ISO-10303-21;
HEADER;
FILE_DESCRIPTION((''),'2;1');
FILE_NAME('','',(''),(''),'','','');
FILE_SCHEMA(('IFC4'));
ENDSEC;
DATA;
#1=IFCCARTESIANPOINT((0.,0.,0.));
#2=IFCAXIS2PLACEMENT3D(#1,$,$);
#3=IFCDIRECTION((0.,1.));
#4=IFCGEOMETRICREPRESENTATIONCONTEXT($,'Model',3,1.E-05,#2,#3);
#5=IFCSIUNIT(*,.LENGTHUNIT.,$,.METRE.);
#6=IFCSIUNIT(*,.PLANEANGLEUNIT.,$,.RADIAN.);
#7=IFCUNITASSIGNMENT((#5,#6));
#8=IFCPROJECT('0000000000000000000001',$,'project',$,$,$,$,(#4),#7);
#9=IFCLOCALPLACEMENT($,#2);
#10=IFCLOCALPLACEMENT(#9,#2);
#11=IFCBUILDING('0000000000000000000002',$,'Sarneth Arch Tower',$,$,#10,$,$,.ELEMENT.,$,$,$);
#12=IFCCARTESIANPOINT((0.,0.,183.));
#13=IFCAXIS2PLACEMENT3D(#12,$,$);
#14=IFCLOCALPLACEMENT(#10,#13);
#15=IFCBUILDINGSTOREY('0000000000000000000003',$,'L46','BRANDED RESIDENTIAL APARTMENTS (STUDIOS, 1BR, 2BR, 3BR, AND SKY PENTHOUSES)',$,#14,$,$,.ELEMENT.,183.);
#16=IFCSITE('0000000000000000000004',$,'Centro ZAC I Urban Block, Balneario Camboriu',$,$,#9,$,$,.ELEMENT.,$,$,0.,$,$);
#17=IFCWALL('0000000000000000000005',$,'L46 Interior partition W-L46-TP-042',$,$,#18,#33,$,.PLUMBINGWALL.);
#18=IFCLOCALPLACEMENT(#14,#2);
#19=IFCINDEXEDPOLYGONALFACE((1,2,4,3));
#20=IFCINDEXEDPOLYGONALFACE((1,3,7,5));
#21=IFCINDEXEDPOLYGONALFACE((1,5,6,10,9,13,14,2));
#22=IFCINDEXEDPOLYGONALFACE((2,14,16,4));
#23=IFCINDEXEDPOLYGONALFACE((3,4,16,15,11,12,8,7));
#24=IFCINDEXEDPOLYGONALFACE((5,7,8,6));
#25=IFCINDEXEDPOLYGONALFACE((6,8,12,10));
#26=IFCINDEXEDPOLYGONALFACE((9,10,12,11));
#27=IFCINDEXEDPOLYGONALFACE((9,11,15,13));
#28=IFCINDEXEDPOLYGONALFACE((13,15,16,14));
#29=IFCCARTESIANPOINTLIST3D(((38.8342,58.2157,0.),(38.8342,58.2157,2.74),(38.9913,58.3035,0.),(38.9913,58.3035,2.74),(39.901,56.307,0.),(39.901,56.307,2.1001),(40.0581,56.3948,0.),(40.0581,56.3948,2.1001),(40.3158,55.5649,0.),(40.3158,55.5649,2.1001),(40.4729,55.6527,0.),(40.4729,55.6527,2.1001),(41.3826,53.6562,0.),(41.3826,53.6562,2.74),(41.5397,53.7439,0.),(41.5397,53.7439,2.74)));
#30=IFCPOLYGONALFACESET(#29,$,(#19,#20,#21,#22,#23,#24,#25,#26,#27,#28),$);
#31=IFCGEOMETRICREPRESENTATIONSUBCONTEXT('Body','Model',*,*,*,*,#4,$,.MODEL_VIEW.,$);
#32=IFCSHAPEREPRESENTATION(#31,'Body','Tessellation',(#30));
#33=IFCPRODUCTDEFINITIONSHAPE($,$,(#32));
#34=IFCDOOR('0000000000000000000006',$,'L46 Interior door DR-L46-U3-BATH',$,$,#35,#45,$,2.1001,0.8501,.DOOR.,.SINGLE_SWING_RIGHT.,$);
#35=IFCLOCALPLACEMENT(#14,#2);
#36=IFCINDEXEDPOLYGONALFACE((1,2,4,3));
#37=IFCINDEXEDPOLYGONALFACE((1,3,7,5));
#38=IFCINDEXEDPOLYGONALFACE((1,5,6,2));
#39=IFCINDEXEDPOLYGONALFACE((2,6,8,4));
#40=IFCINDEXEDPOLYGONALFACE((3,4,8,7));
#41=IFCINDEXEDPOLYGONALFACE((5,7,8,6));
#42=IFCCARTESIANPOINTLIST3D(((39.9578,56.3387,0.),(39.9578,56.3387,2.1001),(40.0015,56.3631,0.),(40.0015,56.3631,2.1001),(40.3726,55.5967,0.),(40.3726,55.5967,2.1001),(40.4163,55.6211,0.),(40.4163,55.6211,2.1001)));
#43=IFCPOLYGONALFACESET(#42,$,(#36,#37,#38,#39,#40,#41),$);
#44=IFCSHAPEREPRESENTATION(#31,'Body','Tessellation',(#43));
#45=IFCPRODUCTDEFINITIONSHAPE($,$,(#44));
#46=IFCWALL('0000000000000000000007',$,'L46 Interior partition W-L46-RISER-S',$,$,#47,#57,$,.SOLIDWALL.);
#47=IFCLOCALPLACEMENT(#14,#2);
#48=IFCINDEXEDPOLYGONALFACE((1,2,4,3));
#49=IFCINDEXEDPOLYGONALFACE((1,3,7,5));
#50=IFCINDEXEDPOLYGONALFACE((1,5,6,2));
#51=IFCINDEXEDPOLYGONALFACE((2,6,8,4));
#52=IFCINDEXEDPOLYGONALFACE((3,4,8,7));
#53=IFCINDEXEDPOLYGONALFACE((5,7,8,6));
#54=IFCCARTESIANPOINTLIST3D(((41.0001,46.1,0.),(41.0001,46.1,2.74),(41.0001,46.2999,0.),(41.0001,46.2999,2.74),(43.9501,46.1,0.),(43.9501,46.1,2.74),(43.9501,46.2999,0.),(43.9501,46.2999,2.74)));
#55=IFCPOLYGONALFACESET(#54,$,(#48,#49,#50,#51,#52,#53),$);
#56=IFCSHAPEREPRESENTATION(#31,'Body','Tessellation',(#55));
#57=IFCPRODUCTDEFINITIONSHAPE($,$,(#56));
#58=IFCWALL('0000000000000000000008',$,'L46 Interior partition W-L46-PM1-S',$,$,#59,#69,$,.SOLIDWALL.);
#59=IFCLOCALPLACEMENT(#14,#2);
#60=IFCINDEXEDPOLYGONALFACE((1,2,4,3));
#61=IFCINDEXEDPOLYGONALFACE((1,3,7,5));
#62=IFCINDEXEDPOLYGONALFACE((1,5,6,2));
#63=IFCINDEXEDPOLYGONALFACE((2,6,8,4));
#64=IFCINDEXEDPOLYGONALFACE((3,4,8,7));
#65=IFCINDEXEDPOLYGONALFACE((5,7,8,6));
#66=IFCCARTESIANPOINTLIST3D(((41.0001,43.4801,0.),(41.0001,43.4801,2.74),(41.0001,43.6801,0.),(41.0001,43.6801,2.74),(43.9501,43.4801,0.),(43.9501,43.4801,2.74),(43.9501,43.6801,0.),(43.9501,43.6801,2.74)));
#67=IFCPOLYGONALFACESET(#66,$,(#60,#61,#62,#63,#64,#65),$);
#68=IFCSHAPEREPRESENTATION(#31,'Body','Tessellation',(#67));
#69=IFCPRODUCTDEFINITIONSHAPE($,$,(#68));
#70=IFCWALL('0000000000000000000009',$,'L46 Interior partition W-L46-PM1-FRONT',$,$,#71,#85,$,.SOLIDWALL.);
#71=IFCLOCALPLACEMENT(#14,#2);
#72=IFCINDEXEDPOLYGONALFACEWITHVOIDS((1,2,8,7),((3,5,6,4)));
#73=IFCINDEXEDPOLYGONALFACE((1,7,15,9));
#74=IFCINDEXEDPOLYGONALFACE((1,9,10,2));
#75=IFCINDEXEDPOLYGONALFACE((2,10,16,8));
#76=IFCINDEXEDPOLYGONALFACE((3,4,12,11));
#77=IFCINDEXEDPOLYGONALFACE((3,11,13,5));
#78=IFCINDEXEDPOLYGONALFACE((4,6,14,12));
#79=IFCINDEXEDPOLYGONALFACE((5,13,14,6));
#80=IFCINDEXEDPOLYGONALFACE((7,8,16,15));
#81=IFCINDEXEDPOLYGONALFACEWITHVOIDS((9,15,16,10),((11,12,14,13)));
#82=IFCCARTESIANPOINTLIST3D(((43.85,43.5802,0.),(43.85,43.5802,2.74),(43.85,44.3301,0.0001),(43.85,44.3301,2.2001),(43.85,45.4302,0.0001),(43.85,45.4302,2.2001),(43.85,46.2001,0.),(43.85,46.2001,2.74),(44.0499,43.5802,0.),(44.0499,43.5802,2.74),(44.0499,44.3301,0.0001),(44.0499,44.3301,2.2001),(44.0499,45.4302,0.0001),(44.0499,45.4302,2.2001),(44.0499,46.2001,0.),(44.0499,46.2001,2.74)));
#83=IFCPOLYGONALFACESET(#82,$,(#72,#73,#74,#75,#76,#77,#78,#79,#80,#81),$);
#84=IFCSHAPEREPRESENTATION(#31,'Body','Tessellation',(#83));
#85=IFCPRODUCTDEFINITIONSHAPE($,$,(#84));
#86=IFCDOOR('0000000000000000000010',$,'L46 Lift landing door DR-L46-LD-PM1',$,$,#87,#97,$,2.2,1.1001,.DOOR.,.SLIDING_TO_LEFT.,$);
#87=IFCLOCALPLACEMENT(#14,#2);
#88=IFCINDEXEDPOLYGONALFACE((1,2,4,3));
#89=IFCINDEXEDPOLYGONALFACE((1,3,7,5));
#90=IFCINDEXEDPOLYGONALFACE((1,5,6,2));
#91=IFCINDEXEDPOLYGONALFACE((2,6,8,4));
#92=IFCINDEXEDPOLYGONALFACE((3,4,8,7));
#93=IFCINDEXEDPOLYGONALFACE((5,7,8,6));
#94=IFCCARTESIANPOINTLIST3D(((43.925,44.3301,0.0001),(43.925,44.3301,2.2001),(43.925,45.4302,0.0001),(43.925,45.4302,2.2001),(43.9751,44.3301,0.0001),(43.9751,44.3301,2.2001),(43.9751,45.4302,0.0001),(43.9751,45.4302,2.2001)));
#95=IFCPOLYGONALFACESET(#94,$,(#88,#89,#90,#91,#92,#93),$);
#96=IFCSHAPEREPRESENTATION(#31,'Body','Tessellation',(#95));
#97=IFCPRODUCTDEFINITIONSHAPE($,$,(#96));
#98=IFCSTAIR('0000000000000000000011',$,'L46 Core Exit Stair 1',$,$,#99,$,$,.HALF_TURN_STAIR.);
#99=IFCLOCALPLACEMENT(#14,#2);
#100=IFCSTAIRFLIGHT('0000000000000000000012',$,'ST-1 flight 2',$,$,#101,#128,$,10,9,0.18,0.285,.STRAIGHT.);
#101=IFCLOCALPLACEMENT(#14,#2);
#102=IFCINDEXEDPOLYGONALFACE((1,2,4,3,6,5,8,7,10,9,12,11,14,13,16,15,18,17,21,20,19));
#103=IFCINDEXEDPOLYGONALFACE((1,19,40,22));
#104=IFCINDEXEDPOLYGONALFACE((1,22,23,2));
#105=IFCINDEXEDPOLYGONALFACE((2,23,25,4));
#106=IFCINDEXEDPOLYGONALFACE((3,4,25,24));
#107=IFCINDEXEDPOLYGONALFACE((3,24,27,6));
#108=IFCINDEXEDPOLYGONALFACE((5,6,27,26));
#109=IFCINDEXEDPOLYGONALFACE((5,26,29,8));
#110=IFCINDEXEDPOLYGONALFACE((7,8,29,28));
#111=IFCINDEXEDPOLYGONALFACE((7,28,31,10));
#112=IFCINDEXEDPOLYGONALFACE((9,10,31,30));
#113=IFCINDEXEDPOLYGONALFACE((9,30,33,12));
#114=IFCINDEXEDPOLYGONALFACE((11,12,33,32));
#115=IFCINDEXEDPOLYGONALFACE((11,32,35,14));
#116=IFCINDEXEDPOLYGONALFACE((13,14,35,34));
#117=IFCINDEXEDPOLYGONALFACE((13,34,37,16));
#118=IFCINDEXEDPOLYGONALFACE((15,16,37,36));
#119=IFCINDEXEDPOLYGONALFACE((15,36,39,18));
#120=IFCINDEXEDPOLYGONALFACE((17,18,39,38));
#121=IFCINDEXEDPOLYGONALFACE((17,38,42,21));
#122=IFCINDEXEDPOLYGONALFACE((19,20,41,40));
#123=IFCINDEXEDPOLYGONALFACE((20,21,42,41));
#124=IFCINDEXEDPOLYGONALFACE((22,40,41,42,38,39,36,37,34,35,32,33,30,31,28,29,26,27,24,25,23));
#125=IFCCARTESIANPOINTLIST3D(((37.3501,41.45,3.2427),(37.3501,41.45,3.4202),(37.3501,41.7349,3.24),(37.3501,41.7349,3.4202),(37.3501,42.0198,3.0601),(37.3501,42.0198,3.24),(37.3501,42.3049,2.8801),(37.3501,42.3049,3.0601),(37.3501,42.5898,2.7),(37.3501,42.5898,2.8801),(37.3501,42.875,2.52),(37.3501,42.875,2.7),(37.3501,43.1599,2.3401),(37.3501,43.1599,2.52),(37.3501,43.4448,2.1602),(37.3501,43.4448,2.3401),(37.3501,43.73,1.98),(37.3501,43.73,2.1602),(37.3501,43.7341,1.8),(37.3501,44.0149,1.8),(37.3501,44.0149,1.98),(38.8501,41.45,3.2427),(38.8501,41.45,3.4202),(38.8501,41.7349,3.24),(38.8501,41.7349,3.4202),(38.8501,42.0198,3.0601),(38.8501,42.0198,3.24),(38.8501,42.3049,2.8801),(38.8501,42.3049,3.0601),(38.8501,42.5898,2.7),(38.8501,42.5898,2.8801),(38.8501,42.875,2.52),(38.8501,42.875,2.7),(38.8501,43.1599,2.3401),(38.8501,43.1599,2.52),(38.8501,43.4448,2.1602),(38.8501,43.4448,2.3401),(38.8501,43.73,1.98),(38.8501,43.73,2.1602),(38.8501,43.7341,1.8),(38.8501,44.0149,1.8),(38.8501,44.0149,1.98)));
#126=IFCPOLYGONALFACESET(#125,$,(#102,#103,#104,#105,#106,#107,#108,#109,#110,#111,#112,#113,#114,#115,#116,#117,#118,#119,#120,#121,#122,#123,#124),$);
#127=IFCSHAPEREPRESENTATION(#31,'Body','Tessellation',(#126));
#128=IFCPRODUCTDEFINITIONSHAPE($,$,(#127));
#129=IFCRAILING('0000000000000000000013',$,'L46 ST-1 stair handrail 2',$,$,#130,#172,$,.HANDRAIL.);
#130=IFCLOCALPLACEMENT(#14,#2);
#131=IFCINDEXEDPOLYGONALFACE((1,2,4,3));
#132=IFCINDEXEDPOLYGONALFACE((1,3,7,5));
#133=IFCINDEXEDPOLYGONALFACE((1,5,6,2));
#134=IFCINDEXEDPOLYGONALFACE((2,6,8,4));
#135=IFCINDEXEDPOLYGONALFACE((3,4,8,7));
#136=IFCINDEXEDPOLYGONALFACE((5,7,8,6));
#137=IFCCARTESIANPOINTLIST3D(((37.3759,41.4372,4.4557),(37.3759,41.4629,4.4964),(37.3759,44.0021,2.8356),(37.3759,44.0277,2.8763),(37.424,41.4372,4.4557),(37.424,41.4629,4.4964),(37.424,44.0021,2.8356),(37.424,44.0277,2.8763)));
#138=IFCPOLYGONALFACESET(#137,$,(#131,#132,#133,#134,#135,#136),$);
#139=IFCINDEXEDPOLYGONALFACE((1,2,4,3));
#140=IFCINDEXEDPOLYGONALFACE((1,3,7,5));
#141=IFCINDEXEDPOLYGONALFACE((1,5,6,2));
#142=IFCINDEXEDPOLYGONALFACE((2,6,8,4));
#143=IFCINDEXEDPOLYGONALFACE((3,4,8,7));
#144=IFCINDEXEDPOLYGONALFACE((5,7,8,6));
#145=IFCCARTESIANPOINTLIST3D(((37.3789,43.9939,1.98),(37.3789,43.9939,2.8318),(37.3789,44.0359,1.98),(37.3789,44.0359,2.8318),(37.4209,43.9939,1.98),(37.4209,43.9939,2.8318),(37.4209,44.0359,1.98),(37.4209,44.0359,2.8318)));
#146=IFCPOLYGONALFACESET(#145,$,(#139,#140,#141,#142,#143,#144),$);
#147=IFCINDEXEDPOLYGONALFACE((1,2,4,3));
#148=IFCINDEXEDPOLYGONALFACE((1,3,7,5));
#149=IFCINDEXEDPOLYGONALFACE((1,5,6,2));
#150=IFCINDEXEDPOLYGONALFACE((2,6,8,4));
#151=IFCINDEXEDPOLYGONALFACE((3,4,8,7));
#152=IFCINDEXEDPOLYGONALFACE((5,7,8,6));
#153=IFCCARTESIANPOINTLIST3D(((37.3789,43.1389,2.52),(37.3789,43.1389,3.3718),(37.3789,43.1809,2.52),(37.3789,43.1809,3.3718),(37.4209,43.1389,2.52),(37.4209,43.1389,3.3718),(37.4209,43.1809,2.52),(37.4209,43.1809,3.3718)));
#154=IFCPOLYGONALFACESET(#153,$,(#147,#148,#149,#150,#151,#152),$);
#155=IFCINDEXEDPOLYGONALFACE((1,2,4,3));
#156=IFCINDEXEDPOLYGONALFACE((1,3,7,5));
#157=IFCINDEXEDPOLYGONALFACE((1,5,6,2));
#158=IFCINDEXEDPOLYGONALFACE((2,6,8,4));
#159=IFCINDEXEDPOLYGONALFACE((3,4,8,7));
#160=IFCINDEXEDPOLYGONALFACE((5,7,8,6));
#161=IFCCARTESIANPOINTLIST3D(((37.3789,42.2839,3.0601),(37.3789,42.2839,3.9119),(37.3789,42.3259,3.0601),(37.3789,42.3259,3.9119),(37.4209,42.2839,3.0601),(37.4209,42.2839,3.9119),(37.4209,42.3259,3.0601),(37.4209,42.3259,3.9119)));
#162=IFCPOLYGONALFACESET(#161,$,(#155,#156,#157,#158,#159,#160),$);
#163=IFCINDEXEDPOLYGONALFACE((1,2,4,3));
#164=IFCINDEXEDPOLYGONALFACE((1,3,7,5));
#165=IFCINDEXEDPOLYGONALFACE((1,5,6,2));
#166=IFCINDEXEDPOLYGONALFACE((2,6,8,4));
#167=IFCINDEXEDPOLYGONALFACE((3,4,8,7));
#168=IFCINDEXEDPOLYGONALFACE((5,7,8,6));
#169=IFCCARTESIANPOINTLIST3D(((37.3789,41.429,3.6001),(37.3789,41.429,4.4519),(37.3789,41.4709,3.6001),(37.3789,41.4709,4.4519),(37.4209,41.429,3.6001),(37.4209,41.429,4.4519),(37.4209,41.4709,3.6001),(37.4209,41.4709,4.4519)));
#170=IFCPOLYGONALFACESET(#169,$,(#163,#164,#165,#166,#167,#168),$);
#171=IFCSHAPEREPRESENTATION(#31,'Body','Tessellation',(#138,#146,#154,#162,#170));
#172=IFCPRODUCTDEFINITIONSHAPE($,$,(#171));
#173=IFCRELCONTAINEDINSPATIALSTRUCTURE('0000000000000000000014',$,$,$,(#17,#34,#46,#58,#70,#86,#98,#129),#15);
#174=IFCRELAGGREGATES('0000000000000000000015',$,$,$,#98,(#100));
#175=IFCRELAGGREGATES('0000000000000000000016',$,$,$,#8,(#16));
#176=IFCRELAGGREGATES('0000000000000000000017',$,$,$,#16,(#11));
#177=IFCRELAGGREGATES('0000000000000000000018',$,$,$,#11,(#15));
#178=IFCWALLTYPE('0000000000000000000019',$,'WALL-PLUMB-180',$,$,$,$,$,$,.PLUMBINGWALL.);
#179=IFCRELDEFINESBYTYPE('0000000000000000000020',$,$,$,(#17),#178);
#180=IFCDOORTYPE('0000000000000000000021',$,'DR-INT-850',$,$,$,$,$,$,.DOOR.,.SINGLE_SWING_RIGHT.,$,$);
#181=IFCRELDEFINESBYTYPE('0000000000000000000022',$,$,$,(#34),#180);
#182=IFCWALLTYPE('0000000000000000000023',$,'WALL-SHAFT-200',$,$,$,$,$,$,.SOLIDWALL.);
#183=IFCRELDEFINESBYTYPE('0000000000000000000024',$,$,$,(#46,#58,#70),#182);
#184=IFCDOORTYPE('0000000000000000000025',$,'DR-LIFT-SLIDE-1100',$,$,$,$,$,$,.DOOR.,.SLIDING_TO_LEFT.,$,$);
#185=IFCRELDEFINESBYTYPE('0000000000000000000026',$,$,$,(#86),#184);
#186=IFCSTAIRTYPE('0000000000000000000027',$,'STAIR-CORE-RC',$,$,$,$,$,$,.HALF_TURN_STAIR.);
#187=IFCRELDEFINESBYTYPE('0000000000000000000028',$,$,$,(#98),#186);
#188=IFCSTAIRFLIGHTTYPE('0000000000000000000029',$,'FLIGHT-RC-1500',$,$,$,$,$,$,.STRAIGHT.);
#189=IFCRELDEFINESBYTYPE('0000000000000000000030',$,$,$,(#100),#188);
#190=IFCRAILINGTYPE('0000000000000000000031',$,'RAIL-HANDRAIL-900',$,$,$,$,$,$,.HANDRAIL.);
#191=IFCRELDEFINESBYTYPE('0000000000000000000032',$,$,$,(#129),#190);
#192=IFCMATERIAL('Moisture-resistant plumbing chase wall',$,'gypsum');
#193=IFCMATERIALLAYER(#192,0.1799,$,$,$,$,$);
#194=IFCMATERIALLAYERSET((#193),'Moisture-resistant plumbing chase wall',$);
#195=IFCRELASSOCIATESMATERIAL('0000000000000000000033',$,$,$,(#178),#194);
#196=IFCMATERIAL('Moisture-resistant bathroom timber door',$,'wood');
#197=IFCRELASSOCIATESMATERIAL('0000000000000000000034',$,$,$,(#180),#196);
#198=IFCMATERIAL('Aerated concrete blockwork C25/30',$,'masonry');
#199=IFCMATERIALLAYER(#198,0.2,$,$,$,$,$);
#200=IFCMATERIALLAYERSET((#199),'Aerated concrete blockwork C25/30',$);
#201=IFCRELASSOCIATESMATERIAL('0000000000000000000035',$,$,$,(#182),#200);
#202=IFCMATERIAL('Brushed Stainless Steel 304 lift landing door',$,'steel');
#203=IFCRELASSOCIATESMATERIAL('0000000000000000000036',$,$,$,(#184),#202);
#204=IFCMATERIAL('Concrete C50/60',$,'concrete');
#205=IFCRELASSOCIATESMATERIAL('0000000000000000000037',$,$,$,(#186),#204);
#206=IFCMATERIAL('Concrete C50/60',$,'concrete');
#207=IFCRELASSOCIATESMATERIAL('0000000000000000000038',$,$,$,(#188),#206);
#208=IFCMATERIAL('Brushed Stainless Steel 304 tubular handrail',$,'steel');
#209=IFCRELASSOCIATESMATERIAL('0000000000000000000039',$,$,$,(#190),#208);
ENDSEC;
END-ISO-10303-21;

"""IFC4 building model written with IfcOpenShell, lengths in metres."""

from ifc_helpers import new_model, si_unit, direction, frame, frame_2d, origin, origin_2d, place, context, subcontext, project, spatial, polyline, rectangle, outline, extrude, material, layer, layer_set, type_object, element, fill, aggregate, save


model = new_model("IFC4")

# Units and contexts
model_context = context("Model", 3, precision=1e-05, world=origin(), true_north=direction((0.0, 1.0)))
body_context = subcontext(model_context, "Body", "Model", "MODEL_VIEW")
ifc_project = project(units=[si_unit("LENGTHUNIT", "METRE"), si_unit("PLANEANGLEUNIT", "RADIAN")], contexts=[model_context])

# Site, building, storey
site_placement = place(None, origin())
site = spatial("IfcSite", under=ifc_project, at=site_placement, Name="Centro ZAC I Urban Block, Balneario Camboriu", CompositionType="ELEMENT", RefElevation=0.0)
building_placement = place(site_placement, origin())
building = spatial("IfcBuilding", under=site, at=building_placement, Name="Sarneth Arch Tower", CompositionType="ELEMENT")
storey_placement = place(building_placement, frame((0.0, 0.0, 183.0)))
storey = spatial("IfcBuildingStorey", under=building, at=storey_placement, Name="L46", Description="BRANDED RESIDENTIAL APARTMENTS (STUDIOS, 1BR, 2BR, 3BR, AND SKY PENTHOUSES)", CompositionType="ELEMENT", Elevation=183.0)

# Wall, opening, door
ifc_material_1 = material(Name="Moisture-resistant plumbing chase wall", Category="gypsum")
ifc_layer_1 = layer(ifc_material_1, 0.1799)
ifc_layer_set_1 = layer_set([ifc_layer_1], Name="Moisture-resistant plumbing chase wall")
wall_type_1 = type_object("IfcWallType", Name="WALL-PLUMB-180", PredefinedType="PLUMBINGWALL", material=ifc_layer_set_1)
wall_1_placement = place(storey_placement, frame((41.4612, 53.7, 0.0), z_axis=(0.0, 0.0, 1.0), x_axis=(-0.487872, 0.872915, 0.0)))
wall_1 = element("IfcWall", 1, at=wall_1_placement, inside=storey, type_object=wall_type_1, Name="L46 Interior partition W-L46-TP-042", PredefinedType="PLUMBINGWALL", context=body_context, shape_type="SweptSolid", body=[
    extrude(rectangle(XDim=5.2234, YDim=0.1799, at=frame_2d((2.6118, 0.0))), origin(), (0.0, 0.0, 1.0), 2.74),
])
opening_1_placement = place(wall_1_placement, frame((2.1868, 0.0, 0.0)))
opening_1 = element("IfcOpeningElement", 2, at=opening_1_placement, cuts=wall_1, PredefinedType="OPENING", context=body_context, shape_type="SweptSolid", body=[
    extrude(rectangle(XDim=0.8501, YDim=2.1001, at=frame_2d((0.425, 1.05))), frame((0.0, 0.0999, 0.0), z_axis=(0.0, -1.0, 0.0), x_axis=(1.0, 0.0, 0.0)), (0.0, 0.0, 1.0), 0.2),
])
ifc_material_2 = material(Name="Moisture-resistant bathroom timber door", Category="wood")
door_type_1 = type_object("IfcDoorType", Name="DR-INT-850", OperationType="SINGLE_SWING_RIGHT", PredefinedType="DOOR", material=ifc_material_2)
door_1_placement = place(opening_1_placement, origin())
door_1 = element("IfcDoor", 3, at=door_1_placement, inside=storey, type_object=door_type_1, Name="L46 Interior door DR-L46-U3-BATH", OperationType="SINGLE_SWING_RIGHT", OverallHeight=2.1001, OverallWidth=0.8501, PredefinedType="DOOR", context=body_context, shape_type="SweptSolid", body=[
    extrude(rectangle(XDim=0.8501, YDim=2.1001, at=frame_2d((0.425, 1.05))), frame((0.0, 0.0249, 0.0), z_axis=(0.0, -1.0, 0.0), x_axis=(1.0, 0.0, 0.0)), (0.0, 0.0, 1.0), 0.05),
])
fill(opening_1, door_1)

# Wall
ifc_material_3 = material(Name="Aerated concrete blockwork C25/30", Category="masonry")
ifc_layer_2 = layer(ifc_material_3, 0.2)
ifc_layer_set_2 = layer_set([ifc_layer_2], Name="Aerated concrete blockwork C25/30")
wall_type_2 = type_object("IfcWallType", Name="WALL-SHAFT-200", PredefinedType="SOLIDWALL", material=ifc_layer_set_2)
wall_2_placement = place(storey_placement, frame((41.0, 46.2, 0.0), z_axis=(0.0, 0.0, 1.0), x_axis=(1.0, 0.0, 0.0)))
element("IfcWall", 4, at=wall_2_placement, inside=storey, type_object=wall_type_2, Name="L46 Interior partition W-L46-RISER-S", PredefinedType="SOLIDWALL", context=body_context, shape_type="SweptSolid", body=[
    extrude(rectangle(XDim=2.95, YDim=0.2, at=frame_2d((1.4751, 0.0))), origin(), (0.0, 0.0, 1.0), 2.74),
])

# Wall
wall_3_placement = place(storey_placement, frame((41.0, 43.5801, 0.0), z_axis=(0.0, 0.0, 1.0), x_axis=(1.0, 0.0, 0.0)))
element("IfcWall", 5, at=wall_3_placement, inside=storey, type_object=wall_type_2, Name="L46 Interior partition W-L46-PM1-S", PredefinedType="SOLIDWALL", context=body_context, shape_type="SweptSolid", body=[
    extrude(rectangle(XDim=2.95, YDim=0.2, at=frame_2d((1.4751, 0.0))), origin(), (0.0, 0.0, 1.0), 2.74),
])

# Wall, opening, door
wall_4_placement = place(storey_placement, frame((43.95, 43.5801, 0.0), z_axis=(0.0, 0.0, 1.0), x_axis=(0.0, 1.0, 0.0)))
wall_4 = element("IfcWall", 6, at=wall_4_placement, inside=storey, type_object=wall_type_2, Name="L46 Interior partition W-L46-PM1-FRONT", PredefinedType="SOLIDWALL", context=body_context, shape_type="SweptSolid", body=[
    extrude(rectangle(XDim=2.6199, YDim=0.2, at=frame_2d((1.3101, 0.0))), origin(), (0.0, 0.0, 1.0), 2.74),
])
opening_2_placement = place(wall_4_placement, frame((0.75, 0.0, 0.0)))
opening_2 = element("IfcOpeningElement", 7, at=opening_2_placement, cuts=wall_4, PredefinedType="OPENING", context=body_context, shape_type="SweptSolid", body=[
    extrude(rectangle(XDim=1.1001, YDim=2.2, at=frame_2d((0.55, 1.1001))), frame((0.0, 0.1099, 0.0), z_axis=(0.0, -1.0, 0.0), x_axis=(1.0, 0.0, 0.0)), (0.0, 0.0, 1.0), 0.22),
])
ifc_material_4 = material(Name="Brushed Stainless Steel 304 lift landing door", Category="steel")
door_type_2 = type_object("IfcDoorType", Name="DR-LIFT-SLIDE-1100", OperationType="SLIDING_TO_LEFT", PredefinedType="DOOR", material=ifc_material_4)
door_2_placement = place(opening_2_placement, origin())
door_2 = element("IfcDoor", 8, at=door_2_placement, inside=storey, type_object=door_type_2, Name="L46 Lift landing door DR-L46-LD-PM1", OperationType="SLIDING_TO_LEFT", OverallHeight=2.2, OverallWidth=1.1001, PredefinedType="DOOR", context=body_context, shape_type="SweptSolid", body=[
    extrude(rectangle(XDim=1.1001, YDim=2.2, at=frame_2d((0.55, 1.1001))), frame((0.0, 0.0249, 0.0), z_axis=(0.0, -1.0, 0.0), x_axis=(1.0, 0.0, 0.0)), (0.0, 0.0, 1.0), 0.05),
])
fill(opening_2, door_2)

# Stair, stair flight
ifc_material_5 = material(Name="Concrete C50/60", Category="concrete")
stair_type = type_object("IfcStairType", Name="STAIR-CORE-RC", PredefinedType="HALF_TURN_STAIR", material=ifc_material_5)
stair_placement = place(storey_placement, origin())
stair = element("IfcStair", 9, at=stair_placement, inside=storey, type_object=stair_type, Name="L46 Core Exit Stair 1", PredefinedType="HALF_TURN_STAIR")
ifc_material_6 = material(Name="Concrete C50/60", Category="concrete")
stair_flight_type = type_object("IfcStairFlightType", Name="FLIGHT-RC-1500", PredefinedType="STRAIGHT", material=ifc_material_6)
stair_flight_placement = place(storey_placement, frame((38.1001, 44.0149, 1.8), z_axis=(0.0, 0.0, 1.0), x_axis=(0.0, -1.0, 0.0)))
stair_flight = element("IfcStairFlight", 10, at=stair_flight_placement, type_object=stair_flight_type, Name="ST-1 flight 2", NumberOfRisers=10, NumberOfTreads=9, PredefinedType="STRAIGHT", RiserHeight=0.18, TreadLength=0.285, context=body_context, shape_type="SweptSolid", body=[
    extrude(outline(polyline([(0.0, 0.0), (0.0, 0.1799), (0.2849, 0.1799), (0.2849, 0.3601), (0.5701, 0.3601), (0.5701, 0.54), (0.855, 0.54), (0.855, 0.72), (1.1399, 0.72), (1.1399, 0.8999), (1.425, 0.8999), (1.425, 1.0801), (1.71, 1.0801), (1.71, 1.26), (1.9951, 1.26), (1.9951, 1.4399), (2.28, 1.4399), (2.28, 1.6201), (2.5649, 1.6201), (2.5649, 1.8), (2.5649, 1.4426), (0.2808, 0.0), (0.0, 0.0)])), frame((0.0, 0.75, 0.0), z_axis=(0.0, -1.0, 0.0), x_axis=(1.0, 0.0, 0.0)), (0.0, 0.0, 1.0), 1.5),
])
aggregate(stair, [stair_flight])

# Railing
ifc_material_7 = material(Name="Brushed Stainless Steel 304 tubular handrail", Category="steel")
railing_type_1 = type_object("IfcRailingType", Name="RAIL-HANDRAIL-900", PredefinedType="HANDRAIL", material=ifc_material_7)
railing_1_placement = place(storey_placement, frame((37.3999, 44.0149, 1.98)))
element("IfcRailing", 11, at=railing_1_placement, inside=storey, type_object=railing_type_1, Name="L46 ST-1 stair handrail 2", PredefinedType="HANDRAIL", context=body_context, shape_type="SweptSolid", body=[
    extrude(rectangle(XDim=0.0481, YDim=0.0481, at=origin_2d()), frame((0.0, 0.0, 0.876), z_axis=(0.0, -0.845466, 0.534029), x_axis=(1.0, 0.0, 0.0)), (0.0, 0.0, 1.0), 3.0337),
    extrude(rectangle(XDim=0.042, YDim=0.042, at=origin_2d()), origin(), (0.0, 0.0, 1.0), 0.8518),
    extrude(rectangle(XDim=0.042, YDim=0.042, at=origin_2d()), frame((0.0, -0.855, 0.54)), (0.0, 0.0, 1.0), 0.8518),
    extrude(rectangle(XDim=0.042, YDim=0.042, at=origin_2d()), frame((0.0, -1.71, 1.0801)), (0.0, 0.0, 1.0), 0.8518),
    extrude(rectangle(XDim=0.042, YDim=0.042, at=origin_2d()), frame((0.0, -2.5649, 1.6201)), (0.0, 0.0, 1.0), 0.8518),
])

save(model, "model.ifc")
